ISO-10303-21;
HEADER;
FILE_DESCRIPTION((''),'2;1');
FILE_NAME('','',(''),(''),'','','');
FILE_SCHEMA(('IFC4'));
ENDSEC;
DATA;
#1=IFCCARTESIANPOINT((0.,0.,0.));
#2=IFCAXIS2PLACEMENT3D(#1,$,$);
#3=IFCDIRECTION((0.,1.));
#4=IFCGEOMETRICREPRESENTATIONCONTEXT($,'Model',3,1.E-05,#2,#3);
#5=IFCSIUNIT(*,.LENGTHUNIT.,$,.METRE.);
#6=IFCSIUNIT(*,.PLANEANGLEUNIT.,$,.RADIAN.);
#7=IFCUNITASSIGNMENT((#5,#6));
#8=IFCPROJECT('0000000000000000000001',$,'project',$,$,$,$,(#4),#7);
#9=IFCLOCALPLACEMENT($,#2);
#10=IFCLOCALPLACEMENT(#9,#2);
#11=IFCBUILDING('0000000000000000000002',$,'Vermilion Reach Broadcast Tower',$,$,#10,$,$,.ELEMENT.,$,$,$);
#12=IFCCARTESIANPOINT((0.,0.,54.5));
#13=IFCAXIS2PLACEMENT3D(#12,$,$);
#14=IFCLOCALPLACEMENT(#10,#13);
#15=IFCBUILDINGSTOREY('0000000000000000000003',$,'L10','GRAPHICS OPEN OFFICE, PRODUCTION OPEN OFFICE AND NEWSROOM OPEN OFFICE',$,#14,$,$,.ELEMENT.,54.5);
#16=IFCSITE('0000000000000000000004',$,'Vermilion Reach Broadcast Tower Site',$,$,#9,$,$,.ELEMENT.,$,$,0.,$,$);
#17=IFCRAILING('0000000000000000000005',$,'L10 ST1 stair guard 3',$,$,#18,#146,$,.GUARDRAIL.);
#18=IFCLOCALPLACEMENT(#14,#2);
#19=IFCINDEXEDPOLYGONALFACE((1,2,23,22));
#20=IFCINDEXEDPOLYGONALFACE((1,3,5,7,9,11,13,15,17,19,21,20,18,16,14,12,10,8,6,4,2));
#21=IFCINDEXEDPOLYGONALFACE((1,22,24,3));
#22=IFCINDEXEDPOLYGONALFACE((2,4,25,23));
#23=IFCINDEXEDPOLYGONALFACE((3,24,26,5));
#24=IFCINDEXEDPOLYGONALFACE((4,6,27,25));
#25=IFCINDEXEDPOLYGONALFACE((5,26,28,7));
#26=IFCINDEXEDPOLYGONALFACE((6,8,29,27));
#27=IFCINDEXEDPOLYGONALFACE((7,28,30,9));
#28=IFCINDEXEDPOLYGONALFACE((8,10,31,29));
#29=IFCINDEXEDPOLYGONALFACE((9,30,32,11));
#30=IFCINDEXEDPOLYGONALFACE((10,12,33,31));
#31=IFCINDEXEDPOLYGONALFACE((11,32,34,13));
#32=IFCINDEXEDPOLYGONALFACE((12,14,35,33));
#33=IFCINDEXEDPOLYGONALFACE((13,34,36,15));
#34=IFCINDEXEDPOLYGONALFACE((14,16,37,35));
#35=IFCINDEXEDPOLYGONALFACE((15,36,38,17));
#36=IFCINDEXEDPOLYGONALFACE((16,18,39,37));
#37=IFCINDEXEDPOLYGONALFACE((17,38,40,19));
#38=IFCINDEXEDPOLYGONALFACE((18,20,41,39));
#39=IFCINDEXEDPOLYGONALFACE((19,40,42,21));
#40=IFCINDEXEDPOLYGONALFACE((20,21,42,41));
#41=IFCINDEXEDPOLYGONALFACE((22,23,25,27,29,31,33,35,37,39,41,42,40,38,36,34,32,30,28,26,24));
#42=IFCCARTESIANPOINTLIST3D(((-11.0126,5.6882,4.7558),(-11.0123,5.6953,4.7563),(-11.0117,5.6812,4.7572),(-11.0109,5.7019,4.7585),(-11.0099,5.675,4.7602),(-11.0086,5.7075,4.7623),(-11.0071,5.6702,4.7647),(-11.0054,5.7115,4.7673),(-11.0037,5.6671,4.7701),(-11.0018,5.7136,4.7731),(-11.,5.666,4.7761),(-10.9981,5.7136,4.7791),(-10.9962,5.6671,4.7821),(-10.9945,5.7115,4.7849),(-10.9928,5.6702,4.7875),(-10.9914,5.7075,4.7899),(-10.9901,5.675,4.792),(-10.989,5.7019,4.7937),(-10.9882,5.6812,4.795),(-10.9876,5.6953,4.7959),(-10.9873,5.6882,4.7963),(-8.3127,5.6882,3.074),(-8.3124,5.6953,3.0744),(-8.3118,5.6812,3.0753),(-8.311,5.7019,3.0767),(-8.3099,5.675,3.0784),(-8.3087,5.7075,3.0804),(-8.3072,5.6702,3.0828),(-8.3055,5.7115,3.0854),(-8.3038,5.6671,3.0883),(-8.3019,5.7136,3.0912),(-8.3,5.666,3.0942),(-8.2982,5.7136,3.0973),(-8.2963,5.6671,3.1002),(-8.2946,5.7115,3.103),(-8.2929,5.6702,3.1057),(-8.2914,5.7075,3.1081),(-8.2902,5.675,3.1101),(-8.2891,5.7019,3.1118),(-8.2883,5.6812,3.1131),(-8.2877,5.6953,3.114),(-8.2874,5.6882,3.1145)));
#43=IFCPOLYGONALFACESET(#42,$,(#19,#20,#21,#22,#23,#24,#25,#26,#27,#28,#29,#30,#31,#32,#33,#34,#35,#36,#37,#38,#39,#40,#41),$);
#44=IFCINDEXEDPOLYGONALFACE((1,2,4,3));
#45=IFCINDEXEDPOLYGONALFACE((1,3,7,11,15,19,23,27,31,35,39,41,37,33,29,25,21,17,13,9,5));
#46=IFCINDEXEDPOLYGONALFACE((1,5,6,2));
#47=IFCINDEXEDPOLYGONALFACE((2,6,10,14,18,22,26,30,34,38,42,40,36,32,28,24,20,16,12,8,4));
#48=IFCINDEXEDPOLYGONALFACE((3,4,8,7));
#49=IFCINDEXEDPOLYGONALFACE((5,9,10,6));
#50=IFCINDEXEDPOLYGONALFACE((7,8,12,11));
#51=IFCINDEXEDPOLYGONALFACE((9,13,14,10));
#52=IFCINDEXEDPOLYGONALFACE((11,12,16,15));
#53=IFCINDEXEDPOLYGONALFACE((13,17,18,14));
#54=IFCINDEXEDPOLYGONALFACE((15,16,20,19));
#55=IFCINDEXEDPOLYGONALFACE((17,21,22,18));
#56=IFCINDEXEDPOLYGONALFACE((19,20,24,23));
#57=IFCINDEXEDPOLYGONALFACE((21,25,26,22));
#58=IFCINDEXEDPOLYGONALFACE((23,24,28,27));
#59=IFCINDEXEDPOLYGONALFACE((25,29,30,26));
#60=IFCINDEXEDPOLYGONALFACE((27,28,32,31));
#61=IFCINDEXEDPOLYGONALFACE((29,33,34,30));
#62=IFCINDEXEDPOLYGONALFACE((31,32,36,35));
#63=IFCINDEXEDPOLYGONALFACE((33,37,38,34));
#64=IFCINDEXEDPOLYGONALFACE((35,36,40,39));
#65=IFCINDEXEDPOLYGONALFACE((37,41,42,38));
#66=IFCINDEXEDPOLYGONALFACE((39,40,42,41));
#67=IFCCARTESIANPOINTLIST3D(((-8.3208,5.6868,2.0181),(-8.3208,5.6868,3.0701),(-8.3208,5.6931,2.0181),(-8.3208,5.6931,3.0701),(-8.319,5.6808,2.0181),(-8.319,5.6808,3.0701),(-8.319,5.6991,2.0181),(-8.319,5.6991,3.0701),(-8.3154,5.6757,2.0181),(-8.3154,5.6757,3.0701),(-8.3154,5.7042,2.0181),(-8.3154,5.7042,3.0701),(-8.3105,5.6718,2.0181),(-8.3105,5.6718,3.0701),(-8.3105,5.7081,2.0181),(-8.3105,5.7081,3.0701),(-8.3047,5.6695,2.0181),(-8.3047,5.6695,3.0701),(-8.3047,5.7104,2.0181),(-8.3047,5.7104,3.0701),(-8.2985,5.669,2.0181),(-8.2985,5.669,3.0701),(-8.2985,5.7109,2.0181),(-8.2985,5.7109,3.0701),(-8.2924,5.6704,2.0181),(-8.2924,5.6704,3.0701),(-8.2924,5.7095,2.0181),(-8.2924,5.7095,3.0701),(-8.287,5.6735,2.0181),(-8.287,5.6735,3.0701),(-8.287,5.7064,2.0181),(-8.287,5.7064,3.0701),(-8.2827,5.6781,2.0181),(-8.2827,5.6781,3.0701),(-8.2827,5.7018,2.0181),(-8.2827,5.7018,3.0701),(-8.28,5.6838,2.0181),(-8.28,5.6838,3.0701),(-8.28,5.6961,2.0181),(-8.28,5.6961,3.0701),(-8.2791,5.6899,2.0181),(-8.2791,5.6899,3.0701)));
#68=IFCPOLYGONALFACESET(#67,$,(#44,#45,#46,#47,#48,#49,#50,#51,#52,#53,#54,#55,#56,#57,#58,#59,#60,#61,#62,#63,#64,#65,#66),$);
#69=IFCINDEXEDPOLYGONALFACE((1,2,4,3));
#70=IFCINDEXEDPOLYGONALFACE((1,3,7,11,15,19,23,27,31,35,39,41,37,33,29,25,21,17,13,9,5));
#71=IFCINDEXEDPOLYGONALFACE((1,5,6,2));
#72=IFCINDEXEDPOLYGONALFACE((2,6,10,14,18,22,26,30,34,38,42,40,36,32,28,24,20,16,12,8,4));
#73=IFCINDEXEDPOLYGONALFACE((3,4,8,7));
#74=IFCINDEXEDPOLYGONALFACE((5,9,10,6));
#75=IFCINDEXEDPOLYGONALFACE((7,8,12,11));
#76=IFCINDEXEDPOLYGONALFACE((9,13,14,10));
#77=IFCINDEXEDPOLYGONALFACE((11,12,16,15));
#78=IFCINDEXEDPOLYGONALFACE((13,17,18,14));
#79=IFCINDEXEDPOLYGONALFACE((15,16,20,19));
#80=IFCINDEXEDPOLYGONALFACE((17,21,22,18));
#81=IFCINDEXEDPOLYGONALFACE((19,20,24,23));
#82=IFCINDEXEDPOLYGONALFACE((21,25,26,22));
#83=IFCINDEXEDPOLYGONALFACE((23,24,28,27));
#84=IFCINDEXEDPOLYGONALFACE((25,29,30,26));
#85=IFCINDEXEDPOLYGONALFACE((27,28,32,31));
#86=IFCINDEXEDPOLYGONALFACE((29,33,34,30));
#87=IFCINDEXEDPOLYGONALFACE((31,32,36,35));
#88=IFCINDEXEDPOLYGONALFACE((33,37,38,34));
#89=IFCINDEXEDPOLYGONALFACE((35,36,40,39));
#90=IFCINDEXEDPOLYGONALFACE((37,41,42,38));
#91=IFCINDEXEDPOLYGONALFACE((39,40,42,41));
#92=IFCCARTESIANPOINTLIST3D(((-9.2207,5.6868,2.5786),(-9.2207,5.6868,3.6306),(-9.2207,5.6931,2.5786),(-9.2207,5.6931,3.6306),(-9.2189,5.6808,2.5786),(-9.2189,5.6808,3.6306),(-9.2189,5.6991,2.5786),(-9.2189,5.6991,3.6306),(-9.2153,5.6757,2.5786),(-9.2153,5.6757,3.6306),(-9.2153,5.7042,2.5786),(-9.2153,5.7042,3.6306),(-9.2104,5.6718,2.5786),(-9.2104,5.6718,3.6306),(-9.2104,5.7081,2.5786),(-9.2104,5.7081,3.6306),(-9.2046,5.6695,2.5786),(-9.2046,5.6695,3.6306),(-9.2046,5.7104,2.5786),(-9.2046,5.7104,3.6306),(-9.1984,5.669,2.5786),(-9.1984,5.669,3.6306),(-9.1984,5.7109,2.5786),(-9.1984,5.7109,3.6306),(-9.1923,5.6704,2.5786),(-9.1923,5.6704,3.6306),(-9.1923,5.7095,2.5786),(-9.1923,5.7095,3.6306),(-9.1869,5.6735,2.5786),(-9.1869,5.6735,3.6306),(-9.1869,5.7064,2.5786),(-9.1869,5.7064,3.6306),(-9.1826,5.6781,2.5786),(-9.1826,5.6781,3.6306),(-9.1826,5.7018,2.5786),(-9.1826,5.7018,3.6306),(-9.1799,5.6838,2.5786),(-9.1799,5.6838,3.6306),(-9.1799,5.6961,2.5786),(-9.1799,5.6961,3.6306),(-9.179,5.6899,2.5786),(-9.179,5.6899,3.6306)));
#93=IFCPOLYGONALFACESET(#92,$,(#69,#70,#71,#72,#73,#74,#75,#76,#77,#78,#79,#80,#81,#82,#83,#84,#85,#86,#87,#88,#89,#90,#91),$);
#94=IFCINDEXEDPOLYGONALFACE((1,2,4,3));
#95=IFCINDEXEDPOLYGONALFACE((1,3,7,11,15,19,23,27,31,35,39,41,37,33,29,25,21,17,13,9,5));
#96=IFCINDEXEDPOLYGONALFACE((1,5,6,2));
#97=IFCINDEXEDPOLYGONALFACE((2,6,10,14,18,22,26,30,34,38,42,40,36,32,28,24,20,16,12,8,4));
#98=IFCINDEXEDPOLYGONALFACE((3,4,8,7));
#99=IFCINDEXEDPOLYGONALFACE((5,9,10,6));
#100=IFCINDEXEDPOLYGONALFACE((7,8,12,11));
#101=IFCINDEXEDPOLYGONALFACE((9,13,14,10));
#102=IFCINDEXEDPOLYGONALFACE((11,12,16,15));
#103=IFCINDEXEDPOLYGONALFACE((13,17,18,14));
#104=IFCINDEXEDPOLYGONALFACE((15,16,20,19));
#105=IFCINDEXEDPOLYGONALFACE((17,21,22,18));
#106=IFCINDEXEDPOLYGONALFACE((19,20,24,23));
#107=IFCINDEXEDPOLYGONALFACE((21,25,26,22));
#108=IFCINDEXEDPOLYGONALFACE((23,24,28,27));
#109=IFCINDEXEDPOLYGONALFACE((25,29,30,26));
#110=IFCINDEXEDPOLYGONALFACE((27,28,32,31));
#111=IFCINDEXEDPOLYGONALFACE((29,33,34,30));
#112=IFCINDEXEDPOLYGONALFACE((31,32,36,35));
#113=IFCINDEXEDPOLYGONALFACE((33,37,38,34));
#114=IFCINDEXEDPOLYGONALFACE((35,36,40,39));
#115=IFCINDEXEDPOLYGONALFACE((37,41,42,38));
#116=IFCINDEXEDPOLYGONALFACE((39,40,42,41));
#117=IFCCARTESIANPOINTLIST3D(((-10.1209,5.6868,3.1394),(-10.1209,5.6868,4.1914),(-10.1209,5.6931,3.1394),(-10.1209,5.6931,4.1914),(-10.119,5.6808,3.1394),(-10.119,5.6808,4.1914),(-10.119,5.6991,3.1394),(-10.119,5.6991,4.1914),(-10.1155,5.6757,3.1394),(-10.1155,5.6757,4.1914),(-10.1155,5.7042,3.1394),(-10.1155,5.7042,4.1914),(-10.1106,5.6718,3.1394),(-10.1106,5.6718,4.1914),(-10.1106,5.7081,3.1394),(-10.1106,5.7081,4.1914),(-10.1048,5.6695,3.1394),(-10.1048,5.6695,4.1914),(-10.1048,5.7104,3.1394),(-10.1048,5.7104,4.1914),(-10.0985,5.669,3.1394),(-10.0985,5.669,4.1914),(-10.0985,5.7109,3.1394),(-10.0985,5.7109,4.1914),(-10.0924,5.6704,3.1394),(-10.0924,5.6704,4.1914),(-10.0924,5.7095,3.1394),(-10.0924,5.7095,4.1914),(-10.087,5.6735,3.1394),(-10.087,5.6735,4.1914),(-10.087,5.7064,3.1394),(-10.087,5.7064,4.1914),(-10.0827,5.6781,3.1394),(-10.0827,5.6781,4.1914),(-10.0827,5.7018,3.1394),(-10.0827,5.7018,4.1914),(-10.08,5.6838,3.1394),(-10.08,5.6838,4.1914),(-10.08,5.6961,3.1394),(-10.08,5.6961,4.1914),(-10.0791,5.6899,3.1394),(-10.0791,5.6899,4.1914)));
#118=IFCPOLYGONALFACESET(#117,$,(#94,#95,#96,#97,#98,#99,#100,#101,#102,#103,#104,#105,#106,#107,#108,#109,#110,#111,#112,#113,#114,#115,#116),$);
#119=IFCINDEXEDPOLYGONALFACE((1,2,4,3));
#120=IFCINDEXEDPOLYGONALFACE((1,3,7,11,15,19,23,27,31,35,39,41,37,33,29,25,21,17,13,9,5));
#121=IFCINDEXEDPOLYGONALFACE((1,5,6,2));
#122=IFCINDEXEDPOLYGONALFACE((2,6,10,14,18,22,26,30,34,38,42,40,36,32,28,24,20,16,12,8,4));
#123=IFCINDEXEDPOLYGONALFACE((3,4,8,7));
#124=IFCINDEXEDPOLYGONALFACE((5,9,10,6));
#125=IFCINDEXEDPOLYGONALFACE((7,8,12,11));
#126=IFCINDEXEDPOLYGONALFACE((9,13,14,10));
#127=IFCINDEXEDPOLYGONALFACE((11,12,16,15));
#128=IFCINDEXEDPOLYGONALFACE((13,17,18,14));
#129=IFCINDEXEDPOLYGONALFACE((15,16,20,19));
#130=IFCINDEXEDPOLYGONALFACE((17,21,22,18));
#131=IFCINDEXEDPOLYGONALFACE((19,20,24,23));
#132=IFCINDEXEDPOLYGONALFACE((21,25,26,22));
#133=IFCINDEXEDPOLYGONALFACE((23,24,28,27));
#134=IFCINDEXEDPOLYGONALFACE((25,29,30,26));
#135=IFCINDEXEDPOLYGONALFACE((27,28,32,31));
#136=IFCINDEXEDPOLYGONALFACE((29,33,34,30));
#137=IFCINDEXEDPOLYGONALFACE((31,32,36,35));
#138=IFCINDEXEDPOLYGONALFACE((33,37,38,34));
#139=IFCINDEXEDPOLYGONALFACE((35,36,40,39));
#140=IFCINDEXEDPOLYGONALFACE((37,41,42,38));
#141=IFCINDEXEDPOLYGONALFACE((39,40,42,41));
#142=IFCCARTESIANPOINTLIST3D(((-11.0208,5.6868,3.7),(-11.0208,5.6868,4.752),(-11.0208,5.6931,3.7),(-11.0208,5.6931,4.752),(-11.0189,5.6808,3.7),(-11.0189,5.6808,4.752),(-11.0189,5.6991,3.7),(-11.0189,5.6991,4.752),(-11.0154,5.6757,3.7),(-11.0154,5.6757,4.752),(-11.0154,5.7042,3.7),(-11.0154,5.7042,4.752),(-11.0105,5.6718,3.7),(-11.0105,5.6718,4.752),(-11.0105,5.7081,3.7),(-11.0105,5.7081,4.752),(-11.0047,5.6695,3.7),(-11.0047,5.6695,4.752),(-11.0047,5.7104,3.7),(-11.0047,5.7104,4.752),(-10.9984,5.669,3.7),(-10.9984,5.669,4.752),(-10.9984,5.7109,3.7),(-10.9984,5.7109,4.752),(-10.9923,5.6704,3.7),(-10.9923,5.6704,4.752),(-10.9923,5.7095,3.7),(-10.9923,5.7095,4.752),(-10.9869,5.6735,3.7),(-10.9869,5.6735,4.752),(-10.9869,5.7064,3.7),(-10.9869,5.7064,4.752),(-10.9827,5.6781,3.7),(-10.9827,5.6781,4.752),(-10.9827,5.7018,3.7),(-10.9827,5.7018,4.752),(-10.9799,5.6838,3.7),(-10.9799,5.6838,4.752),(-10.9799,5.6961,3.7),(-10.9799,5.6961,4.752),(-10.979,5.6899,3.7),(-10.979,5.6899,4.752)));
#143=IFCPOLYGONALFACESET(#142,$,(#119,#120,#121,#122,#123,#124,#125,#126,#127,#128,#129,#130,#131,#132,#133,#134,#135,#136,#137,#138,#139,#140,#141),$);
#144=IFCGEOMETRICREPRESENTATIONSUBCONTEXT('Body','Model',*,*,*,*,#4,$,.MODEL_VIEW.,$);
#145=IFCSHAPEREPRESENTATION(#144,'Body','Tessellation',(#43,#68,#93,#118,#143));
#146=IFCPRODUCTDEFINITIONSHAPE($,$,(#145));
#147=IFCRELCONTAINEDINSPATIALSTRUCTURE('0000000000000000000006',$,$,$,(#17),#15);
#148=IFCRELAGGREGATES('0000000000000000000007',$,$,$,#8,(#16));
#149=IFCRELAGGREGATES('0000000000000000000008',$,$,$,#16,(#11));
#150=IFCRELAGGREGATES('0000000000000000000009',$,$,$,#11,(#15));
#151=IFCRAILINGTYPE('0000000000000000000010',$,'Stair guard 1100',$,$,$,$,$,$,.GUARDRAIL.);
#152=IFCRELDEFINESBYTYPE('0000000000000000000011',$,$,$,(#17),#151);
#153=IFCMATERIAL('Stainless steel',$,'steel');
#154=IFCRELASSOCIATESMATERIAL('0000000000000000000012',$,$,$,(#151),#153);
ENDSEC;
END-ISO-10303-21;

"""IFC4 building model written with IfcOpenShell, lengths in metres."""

from ifc_helpers import new_model, si_unit, direction, frame, origin, origin_2d, place, context, subcontext, project, spatial, circle, extrude, material, type_object, element, save


model = new_model("IFC4")

# Units and contexts
model_context = context("Model", 3, precision=1e-05, world=origin(), true_north=direction((0.0, 1.0)))
body_context = subcontext(model_context, "Body", "Model", "MODEL_VIEW")
ifc_project = project(units=[si_unit("LENGTHUNIT", "METRE"), si_unit("PLANEANGLEUNIT", "RADIAN")], contexts=[model_context])

# Site, building, storey
site_placement = place(None, origin())
site = spatial("IfcSite", under=ifc_project, at=site_placement, Name="Vermilion Reach Broadcast Tower Site", CompositionType="ELEMENT", RefElevation=0.0)
building_placement = place(site_placement, origin())
building = spatial("IfcBuilding", under=site, at=building_placement, Name="Vermilion Reach Broadcast Tower", CompositionType="ELEMENT")
storey_placement = place(building_placement, frame((0.0, 0.0, 54.5)))
storey = spatial("IfcBuildingStorey", under=building, at=storey_placement, Name="L10", Description="GRAPHICS OPEN OFFICE, PRODUCTION OPEN OFFICE AND NEWSROOM OPEN OFFICE", CompositionType="ELEMENT", Elevation=54.5)

# Railing
ifc_material_1 = material(Name="Stainless steel", Category="steel")
railing_type_1 = type_object("IfcRailingType", Name="Stair guard 1100", PredefinedType="GUARDRAIL", material=ifc_material_1)
railing_1_placement = place(storey_placement, frame((-8.3, 5.6899, 2.0181)))
element("IfcRailing", 1, at=railing_1_placement, inside=storey, type_object=railing_type_1, Name="L10 ST1 stair guard 3", PredefinedType="GUARDRAIL", context=body_context, shape_type="SweptSolid", body=[
    extrude(circle(Radius=0.0239, at=origin_2d()), frame((0.0, 0.0, 1.0762), z_axis=(-0.848786, 0.0, 0.528736), x_axis=(0.0, -1.0, 0.0)), (0.0, 0.0, 1.0), 3.1809),
    extrude(circle(Radius=0.021, at=origin_2d()), origin(), (0.0, 0.0, 1.0), 1.052),
    extrude(circle(Radius=0.021, at=origin_2d()), frame((-0.8999, 0.0, 0.5605)), (0.0, 0.0, 1.0), 1.052),
    extrude(circle(Radius=0.021, at=origin_2d()), frame((-1.8, 0.0, 1.1213)), (0.0, 0.0, 1.0), 1.052),
    extrude(circle(Radius=0.021, at=origin_2d()), frame((-2.7, 0.0, 1.6819)), (0.0, 0.0, 1.0), 1.052),
])

save(model, "model.ifc")
